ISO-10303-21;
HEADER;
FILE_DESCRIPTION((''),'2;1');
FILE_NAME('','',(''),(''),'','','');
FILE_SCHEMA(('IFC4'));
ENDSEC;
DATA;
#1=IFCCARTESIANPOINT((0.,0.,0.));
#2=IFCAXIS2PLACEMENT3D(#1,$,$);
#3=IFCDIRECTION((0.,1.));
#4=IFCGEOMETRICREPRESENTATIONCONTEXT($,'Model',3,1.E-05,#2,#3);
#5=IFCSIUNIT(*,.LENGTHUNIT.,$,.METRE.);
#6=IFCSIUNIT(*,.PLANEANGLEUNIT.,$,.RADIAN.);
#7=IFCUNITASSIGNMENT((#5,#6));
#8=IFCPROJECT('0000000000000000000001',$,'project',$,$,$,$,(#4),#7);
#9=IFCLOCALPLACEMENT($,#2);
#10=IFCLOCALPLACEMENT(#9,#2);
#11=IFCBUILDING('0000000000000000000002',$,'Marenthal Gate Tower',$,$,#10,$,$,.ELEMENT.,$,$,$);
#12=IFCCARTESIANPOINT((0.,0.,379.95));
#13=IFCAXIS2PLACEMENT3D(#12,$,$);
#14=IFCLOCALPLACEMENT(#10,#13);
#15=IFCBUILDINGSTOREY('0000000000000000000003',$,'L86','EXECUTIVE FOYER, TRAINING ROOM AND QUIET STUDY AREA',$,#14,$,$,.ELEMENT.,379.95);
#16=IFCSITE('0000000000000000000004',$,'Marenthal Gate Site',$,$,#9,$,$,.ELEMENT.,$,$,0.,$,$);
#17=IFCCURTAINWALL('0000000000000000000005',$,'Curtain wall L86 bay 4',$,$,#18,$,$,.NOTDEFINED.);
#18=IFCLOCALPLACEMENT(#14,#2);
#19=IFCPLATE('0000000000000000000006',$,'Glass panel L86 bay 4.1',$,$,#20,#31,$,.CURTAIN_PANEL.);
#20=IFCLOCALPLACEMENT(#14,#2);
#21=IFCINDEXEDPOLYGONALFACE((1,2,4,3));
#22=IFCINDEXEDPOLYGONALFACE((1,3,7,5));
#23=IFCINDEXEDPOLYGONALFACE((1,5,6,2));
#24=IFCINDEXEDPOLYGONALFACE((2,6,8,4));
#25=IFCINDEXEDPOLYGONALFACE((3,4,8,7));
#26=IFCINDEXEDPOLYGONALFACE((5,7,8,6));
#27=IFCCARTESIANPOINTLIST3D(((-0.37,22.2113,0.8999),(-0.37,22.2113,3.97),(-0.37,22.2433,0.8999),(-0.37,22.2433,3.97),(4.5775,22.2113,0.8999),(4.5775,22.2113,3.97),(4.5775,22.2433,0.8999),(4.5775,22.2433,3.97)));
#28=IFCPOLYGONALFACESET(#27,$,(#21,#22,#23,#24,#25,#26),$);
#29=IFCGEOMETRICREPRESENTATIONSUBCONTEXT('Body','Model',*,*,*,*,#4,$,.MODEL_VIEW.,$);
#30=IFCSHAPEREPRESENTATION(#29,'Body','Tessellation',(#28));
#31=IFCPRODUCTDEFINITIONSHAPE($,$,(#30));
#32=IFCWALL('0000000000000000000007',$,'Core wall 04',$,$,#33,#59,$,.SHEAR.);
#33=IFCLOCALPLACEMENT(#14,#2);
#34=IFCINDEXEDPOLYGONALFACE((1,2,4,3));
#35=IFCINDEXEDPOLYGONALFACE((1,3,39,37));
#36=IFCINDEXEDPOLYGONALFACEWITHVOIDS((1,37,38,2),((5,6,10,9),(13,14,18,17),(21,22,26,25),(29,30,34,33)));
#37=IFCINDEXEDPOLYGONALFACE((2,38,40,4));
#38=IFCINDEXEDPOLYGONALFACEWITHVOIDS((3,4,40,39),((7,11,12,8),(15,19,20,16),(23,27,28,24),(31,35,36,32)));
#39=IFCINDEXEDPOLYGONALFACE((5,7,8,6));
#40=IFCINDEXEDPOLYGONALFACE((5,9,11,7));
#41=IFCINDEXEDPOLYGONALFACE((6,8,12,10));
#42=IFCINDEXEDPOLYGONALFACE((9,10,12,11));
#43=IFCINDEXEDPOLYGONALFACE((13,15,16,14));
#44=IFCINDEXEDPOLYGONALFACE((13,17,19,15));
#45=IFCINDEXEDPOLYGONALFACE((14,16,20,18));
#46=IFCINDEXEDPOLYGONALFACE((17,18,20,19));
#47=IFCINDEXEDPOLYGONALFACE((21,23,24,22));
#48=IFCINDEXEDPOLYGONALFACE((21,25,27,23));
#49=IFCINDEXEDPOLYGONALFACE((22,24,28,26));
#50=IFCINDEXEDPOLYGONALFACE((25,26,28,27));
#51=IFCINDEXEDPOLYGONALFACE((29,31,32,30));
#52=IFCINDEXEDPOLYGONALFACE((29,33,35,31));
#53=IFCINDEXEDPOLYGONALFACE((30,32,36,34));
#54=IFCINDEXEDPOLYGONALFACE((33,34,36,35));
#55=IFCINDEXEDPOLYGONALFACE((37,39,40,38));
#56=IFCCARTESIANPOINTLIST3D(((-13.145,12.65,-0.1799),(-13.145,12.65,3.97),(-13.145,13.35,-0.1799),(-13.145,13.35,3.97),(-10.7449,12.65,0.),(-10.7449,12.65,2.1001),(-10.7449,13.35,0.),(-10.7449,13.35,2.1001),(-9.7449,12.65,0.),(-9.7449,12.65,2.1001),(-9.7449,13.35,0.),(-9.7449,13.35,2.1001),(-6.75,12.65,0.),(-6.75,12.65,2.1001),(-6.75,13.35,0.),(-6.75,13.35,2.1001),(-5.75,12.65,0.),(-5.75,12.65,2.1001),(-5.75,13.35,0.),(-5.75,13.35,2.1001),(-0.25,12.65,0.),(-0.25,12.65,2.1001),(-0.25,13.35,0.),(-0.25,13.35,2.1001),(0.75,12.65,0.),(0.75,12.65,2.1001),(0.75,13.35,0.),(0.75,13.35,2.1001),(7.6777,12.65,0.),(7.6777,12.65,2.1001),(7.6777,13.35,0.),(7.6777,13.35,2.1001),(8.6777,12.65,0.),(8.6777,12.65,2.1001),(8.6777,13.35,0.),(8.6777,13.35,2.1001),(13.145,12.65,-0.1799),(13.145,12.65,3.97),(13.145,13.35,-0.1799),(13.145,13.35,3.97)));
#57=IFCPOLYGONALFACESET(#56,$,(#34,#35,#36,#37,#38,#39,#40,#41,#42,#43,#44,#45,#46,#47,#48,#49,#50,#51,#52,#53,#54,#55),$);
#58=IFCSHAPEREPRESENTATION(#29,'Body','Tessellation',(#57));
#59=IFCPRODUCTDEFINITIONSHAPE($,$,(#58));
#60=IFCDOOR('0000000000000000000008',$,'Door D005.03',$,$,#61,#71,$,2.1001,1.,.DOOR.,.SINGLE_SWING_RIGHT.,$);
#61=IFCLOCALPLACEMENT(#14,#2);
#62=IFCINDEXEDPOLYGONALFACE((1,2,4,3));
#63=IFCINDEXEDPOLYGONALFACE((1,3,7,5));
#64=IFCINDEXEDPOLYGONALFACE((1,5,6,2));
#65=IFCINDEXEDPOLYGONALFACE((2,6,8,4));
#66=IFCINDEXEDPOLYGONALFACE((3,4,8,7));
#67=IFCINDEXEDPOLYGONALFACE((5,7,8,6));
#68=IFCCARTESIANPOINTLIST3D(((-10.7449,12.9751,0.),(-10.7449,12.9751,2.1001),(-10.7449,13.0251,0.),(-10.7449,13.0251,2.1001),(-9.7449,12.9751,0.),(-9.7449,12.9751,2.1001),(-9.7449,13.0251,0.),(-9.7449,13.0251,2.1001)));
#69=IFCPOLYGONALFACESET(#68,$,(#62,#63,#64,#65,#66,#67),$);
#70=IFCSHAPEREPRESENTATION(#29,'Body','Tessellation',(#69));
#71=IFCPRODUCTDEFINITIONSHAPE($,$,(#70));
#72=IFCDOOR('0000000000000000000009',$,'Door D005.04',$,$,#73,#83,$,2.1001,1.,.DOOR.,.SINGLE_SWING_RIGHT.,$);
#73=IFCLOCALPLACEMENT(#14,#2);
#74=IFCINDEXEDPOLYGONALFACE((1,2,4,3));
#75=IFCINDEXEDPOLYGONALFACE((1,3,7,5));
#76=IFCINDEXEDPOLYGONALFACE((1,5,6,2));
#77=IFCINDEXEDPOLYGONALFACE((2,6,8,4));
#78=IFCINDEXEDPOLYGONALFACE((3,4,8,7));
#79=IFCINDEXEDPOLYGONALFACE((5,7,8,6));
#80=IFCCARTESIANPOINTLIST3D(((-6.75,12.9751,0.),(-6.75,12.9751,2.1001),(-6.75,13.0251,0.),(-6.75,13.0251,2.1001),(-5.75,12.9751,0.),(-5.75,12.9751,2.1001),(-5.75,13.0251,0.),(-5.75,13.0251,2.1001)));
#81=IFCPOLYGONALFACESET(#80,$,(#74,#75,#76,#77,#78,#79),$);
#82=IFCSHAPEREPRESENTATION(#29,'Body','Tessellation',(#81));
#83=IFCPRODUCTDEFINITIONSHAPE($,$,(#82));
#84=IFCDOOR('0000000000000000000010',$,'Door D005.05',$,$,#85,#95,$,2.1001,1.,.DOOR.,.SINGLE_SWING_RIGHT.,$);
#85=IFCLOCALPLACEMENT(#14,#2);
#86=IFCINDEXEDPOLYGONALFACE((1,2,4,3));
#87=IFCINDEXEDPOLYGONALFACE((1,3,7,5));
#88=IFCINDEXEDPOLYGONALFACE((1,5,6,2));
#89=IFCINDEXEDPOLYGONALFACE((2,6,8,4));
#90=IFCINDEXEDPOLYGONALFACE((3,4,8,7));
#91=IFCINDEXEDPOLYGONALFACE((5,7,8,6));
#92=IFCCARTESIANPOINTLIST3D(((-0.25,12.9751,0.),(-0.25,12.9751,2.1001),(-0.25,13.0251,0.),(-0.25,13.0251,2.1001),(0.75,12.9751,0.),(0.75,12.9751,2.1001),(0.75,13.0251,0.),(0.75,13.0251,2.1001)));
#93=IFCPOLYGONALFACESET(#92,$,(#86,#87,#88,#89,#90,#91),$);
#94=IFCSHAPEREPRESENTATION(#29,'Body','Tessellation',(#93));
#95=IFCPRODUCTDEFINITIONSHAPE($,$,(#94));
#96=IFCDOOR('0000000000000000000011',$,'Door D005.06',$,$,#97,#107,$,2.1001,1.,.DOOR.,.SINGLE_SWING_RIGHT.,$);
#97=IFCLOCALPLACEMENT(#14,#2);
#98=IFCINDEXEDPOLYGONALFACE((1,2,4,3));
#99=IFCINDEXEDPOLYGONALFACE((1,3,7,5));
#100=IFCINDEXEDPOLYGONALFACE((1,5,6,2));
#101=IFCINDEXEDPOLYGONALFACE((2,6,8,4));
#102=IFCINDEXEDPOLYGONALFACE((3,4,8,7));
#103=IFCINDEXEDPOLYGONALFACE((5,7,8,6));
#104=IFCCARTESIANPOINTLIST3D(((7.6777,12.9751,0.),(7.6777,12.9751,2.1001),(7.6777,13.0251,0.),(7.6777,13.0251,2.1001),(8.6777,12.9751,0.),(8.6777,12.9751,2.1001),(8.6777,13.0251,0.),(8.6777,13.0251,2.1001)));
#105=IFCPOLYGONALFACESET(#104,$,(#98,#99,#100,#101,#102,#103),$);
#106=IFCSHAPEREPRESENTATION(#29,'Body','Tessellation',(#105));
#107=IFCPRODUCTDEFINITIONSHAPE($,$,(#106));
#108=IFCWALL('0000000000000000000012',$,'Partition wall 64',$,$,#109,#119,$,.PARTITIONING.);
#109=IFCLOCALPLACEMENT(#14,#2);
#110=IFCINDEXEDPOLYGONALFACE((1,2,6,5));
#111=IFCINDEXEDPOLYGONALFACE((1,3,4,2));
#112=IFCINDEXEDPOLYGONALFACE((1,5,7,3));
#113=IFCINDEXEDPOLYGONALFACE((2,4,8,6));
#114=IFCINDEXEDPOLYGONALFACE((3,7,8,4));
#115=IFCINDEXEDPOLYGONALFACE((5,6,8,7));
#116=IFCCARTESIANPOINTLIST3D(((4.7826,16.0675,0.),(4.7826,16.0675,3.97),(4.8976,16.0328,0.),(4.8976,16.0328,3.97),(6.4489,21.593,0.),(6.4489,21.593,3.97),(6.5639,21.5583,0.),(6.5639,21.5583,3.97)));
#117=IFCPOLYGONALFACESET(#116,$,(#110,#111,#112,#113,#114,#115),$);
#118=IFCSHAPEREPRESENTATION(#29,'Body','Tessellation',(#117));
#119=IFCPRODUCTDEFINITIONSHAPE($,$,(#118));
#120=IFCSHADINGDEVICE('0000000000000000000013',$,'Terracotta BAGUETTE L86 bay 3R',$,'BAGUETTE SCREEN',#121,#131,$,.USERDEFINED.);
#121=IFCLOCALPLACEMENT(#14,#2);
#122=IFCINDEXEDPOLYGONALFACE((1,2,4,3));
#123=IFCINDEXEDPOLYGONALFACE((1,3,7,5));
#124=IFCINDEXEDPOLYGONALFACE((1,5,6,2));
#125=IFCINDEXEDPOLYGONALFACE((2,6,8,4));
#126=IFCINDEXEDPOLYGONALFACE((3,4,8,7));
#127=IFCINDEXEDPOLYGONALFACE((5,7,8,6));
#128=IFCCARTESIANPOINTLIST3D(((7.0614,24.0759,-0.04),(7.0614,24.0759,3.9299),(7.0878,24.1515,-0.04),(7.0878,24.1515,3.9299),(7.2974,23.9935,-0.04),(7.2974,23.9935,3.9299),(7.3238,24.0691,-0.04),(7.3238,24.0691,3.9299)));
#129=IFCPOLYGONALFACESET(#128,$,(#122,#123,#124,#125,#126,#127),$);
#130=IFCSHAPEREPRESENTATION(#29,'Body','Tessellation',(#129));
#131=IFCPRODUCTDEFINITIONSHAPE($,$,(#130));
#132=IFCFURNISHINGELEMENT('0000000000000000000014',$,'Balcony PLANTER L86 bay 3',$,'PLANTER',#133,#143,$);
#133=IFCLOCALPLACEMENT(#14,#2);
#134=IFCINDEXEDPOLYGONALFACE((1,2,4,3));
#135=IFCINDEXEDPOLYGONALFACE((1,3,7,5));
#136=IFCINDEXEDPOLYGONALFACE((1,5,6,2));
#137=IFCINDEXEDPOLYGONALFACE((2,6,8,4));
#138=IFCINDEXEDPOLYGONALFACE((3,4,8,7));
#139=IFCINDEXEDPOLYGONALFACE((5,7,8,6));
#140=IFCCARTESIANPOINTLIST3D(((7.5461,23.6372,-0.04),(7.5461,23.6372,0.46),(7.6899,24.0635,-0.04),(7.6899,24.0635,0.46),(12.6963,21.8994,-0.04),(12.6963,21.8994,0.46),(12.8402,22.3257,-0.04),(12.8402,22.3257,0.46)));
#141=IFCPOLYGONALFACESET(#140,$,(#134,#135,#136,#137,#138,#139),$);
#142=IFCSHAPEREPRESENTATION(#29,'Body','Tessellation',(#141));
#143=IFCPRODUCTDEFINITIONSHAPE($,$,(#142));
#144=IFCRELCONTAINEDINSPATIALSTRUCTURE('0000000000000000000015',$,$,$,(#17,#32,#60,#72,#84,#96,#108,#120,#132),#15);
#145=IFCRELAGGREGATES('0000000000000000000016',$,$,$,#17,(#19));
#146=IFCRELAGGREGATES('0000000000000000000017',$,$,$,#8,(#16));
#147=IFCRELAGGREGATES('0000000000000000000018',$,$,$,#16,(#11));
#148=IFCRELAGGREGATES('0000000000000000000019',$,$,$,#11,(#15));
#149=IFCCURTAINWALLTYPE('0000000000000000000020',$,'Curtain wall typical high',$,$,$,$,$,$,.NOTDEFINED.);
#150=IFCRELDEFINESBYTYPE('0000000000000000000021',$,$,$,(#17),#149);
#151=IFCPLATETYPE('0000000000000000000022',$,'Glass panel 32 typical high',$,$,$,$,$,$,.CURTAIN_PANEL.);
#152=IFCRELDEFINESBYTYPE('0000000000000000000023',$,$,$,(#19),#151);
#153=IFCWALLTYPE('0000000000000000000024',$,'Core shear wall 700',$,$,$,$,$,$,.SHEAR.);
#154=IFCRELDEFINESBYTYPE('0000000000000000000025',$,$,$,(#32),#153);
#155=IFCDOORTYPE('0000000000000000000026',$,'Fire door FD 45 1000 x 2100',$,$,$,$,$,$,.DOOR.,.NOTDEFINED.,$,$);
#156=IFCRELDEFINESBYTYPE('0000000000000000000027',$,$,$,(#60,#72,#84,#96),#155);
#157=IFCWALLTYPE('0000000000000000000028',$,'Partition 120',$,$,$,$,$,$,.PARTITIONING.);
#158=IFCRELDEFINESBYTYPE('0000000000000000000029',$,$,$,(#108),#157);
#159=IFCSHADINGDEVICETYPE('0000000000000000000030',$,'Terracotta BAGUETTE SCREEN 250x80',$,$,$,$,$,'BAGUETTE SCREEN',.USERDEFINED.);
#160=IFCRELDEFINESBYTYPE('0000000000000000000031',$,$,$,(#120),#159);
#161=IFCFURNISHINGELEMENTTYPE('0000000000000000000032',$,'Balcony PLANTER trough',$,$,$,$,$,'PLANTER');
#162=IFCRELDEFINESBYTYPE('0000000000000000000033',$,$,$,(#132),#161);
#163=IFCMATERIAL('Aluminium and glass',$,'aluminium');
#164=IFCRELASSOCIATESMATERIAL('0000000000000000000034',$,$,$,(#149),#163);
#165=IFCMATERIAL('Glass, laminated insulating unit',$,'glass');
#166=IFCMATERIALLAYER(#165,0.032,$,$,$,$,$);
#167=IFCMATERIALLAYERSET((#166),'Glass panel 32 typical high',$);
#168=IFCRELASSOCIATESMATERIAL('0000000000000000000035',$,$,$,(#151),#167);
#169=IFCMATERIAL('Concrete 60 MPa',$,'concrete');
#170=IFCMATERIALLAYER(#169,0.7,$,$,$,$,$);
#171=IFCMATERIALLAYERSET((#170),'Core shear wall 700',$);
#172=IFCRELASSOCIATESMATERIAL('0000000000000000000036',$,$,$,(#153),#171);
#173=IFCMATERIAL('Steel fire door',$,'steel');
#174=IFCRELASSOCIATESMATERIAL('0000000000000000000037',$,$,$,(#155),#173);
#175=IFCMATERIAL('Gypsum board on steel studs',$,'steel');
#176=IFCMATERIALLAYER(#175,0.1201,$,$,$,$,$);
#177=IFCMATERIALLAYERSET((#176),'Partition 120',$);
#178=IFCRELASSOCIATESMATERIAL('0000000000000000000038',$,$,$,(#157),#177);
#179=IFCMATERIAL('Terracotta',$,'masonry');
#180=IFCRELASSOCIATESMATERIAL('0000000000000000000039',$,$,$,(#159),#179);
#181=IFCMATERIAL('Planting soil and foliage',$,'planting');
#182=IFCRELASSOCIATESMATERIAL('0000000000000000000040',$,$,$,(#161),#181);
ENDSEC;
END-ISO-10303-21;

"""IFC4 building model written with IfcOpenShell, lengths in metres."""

from ifc_helpers import new_model, si_unit, direction, frame, frame_2d, origin, origin_2d, place, context, subcontext, project, spatial, rectangle, extrude, material, layer, layer_set, material_profile, profile_set, type_object, element, fill, aggregate, save


model = new_model("IFC4")

# Units and contexts
model_context = context("Model", 3, precision=1e-05, world=origin(), true_north=direction((0.0, 1.0)))
body_context = subcontext(model_context, "Body", "Model", "MODEL_VIEW")
ifc_project = project(units=[si_unit("LENGTHUNIT", "METRE"), si_unit("PLANEANGLEUNIT", "RADIAN")], contexts=[model_context])

# Site, building, storey
site_placement = place(None, origin())
site = spatial("IfcSite", under=ifc_project, at=site_placement, Name="Marenthal Gate Site", CompositionType="ELEMENT", RefElevation=0.0)
building_placement = place(site_placement, origin())
building = spatial("IfcBuilding", under=site, at=building_placement, Name="Marenthal Gate Tower", CompositionType="ELEMENT")
storey_placement = place(building_placement, frame((0.0, 0.0, 379.95)))
storey = spatial("IfcBuildingStorey", under=building, at=storey_placement, Name="L86", Description="EXECUTIVE FOYER, TRAINING ROOM AND QUIET STUDY AREA", CompositionType="ELEMENT", Elevation=379.95)

# Curtain wall
ifc_material_1 = material(Name="Aluminium and glass", Category="aluminium")
curtain_wall_type = type_object("IfcCurtainWallType", Name="Curtain wall typical high", PredefinedType="NOTDEFINED", material=ifc_material_1)
curtain_wall_placement = place(storey_placement, origin())
curtain_wall = element("IfcCurtainWall", 1, at=curtain_wall_placement, inside=storey, type_object=curtain_wall_type, Name="Curtain wall L86 bay 4", PredefinedType="NOTDEFINED")

# Plate
ifc_material_2 = material(Name="Glass, laminated insulating unit", Category="glass")
ifc_layer_1 = layer(ifc_material_2, 0.032)
ifc_layer_set_1 = layer_set([ifc_layer_1], Name="Glass panel 32 typical high")
plate_type = type_object("IfcPlateType", Name="Glass panel 32 typical high", PredefinedType="CURTAIN_PANEL", material=ifc_layer_set_1)
plate_placement = place(storey_placement, frame((2.1038, 22.2273, 0.8999), z_axis=(0.0, 0.0, 1.0), x_axis=(-1.0, 0.0, 0.0)))
plate = element("IfcPlate", 2, at=plate_placement, type_object=plate_type, Name="Glass panel L86 bay 4.1", PredefinedType="CURTAIN_PANEL", context=body_context, shape_type="SweptSolid", body=[
    extrude(rectangle(XDim=4.9475, YDim=0.032, at=origin_2d()), origin(), (0.0, 0.0, 1.0), 3.0701),
])
aggregate(curtain_wall, [plate])

# Wall, openings, doors
ifc_material_3 = material(Name="Concrete 60 MPa", Category="concrete")
ifc_layer_2 = layer(ifc_material_3, 0.7)
ifc_layer_set_2 = layer_set([ifc_layer_2], Name="Core shear wall 700")
wall_type_1 = type_object("IfcWallType", Name="Core shear wall 700", PredefinedType="SHEAR", material=ifc_layer_set_2)
wall_1_placement = place(storey_placement, frame((13.145, 13.0, -0.1799), z_axis=(0.0, 0.0, 1.0), x_axis=(-1.0, 0.0, 0.0)))
wall_1 = element("IfcWall", 3, at=wall_1_placement, inside=storey, type_object=wall_type_1, Name="Core wall 04", PredefinedType="SHEAR", context=body_context, shape_type="SweptSolid", body=[
    extrude(rectangle(XDim=26.29, YDim=0.7, at=frame_2d((13.145, 0.0))), origin(), (0.0, 0.0, 1.0), 4.1499),
])
opening_1_placement = place(wall_1_placement, frame((22.8899, 0.0, 0.1799)))
opening_1 = element("IfcOpeningElement", 4, at=opening_1_placement, cuts=wall_1, PredefinedType="OPENING", context=body_context, shape_type="SweptSolid", body=[
    extrude(rectangle(XDim=1.0, YDim=2.1001, at=frame_2d((0.5, 1.05))), frame((0.0, 0.3599, 0.0), z_axis=(0.0, -1.0, 0.0), x_axis=(1.0, 0.0, 0.0)), (0.0, 0.0, 1.0), 0.72),
])
opening_2_placement = place(wall_1_placement, frame((18.895, 0.0, 0.1799)))
opening_2 = element("IfcOpeningElement", 5, at=opening_2_placement, cuts=wall_1, PredefinedType="OPENING", context=body_context, shape_type="SweptSolid", body=[
    extrude(rectangle(XDim=1.0, YDim=2.1001, at=frame_2d((0.5, 1.05))), frame((0.0, 0.3599, 0.0), z_axis=(0.0, -1.0, 0.0), x_axis=(1.0, 0.0, 0.0)), (0.0, 0.0, 1.0), 0.72),
])
opening_3_placement = place(wall_1_placement, frame((12.395, 0.0, 0.1799)))
opening_3 = element("IfcOpeningElement", 6, at=opening_3_placement, cuts=wall_1, PredefinedType="OPENING", context=body_context, shape_type="SweptSolid", body=[
    extrude(rectangle(XDim=1.0, YDim=2.1001, at=frame_2d((0.5, 1.05))), frame((0.0, 0.3599, 0.0), z_axis=(0.0, -1.0, 0.0), x_axis=(1.0, 0.0, 0.0)), (0.0, 0.0, 1.0), 0.72),
])
opening_4_placement = place(wall_1_placement, frame((4.4673, 0.0, 0.1799)))
opening_4 = element("IfcOpeningElement", 7, at=opening_4_placement, cuts=wall_1, PredefinedType="OPENING", context=body_context, shape_type="SweptSolid", body=[
    extrude(rectangle(XDim=1.0, YDim=2.1001, at=frame_2d((0.5, 1.05))), frame((0.0, 0.3599, 0.0), z_axis=(0.0, -1.0, 0.0), x_axis=(1.0, 0.0, 0.0)), (0.0, 0.0, 1.0), 0.72),
])
ifc_material_4 = material(Name="Steel fire door", Category="steel")
door_type = type_object("IfcDoorType", Name="Fire door FD 45 1000 x 2100", OperationType="NOTDEFINED", PredefinedType="DOOR", material=ifc_material_4)
door_1_placement = place(opening_1_placement, origin())
door_1 = element("IfcDoor", 8, at=door_1_placement, inside=storey, type_object=door_type, Name="Door D005.03", OperationType="SINGLE_SWING_RIGHT", OverallHeight=2.1001, OverallWidth=1.0, PredefinedType="DOOR", context=body_context, shape_type="SweptSolid", body=[
    extrude(rectangle(XDim=1.0, YDim=2.1001, at=frame_2d((0.5, 1.05))), frame((0.0, 0.0249, 0.0), z_axis=(0.0, -1.0, 0.0), x_axis=(1.0, 0.0, 0.0)), (0.0, 0.0, 1.0), 0.05),
])
fill(opening_1, door_1)
door_2_placement = place(opening_2_placement, origin())
door_2 = element("IfcDoor", 9, at=door_2_placement, inside=storey, type_object=door_type, Name="Door D005.04", OperationType="SINGLE_SWING_RIGHT", OverallHeight=2.1001, OverallWidth=1.0, PredefinedType="DOOR", context=body_context, shape_type="SweptSolid", body=[
    extrude(rectangle(XDim=1.0, YDim=2.1001, at=frame_2d((0.5, 1.05))), frame((0.0, 0.0249, 0.0), z_axis=(0.0, -1.0, 0.0), x_axis=(1.0, 0.0, 0.0)), (0.0, 0.0, 1.0), 0.05),
])
fill(opening_2, door_2)
door_3_placement = place(opening_3_placement, origin())
door_3 = element("IfcDoor", 10, at=door_3_placement, inside=storey, type_object=door_type, Name="Door D005.05", OperationType="SINGLE_SWING_RIGHT", OverallHeight=2.1001, OverallWidth=1.0, PredefinedType="DOOR", context=body_context, shape_type="SweptSolid", body=[
    extrude(rectangle(XDim=1.0, YDim=2.1001, at=frame_2d((0.5, 1.05))), frame((0.0, 0.0249, 0.0), z_axis=(0.0, -1.0, 0.0), x_axis=(1.0, 0.0, 0.0)), (0.0, 0.0, 1.0), 0.05),
])
fill(opening_3, door_3)
door_4_placement = place(opening_4_placement, origin())
door_4 = element("IfcDoor", 11, at=door_4_placement, inside=storey, type_object=door_type, Name="Door D005.06", OperationType="SINGLE_SWING_RIGHT", OverallHeight=2.1001, OverallWidth=1.0, PredefinedType="DOOR", context=body_context, shape_type="SweptSolid", body=[
    extrude(rectangle(XDim=1.0, YDim=2.1001, at=frame_2d((0.5, 1.05))), frame((0.0, 0.0249, 0.0), z_axis=(0.0, -1.0, 0.0), x_axis=(1.0, 0.0, 0.0)), (0.0, 0.0, 1.0), 0.05),
])
fill(opening_4, door_4)

# Wall
ifc_material_5 = material(Name="Gypsum board on steel studs", Category="steel")
ifc_layer_3 = layer(ifc_material_5, 0.1201)
ifc_layer_set_3 = layer_set([ifc_layer_3], Name="Partition 120")
wall_type_2 = type_object("IfcWallType", Name="Partition 120", PredefinedType="PARTITIONING", material=ifc_layer_set_3)
wall_2_placement = place(storey_placement, frame((4.8401, 16.05, 0.0), z_axis=(0.0, 0.0, 1.0), x_axis=(0.288721, 0.957413, 0.0)))
element("IfcWall", 12, at=wall_2_placement, inside=storey, type_object=wall_type_2, Name="Partition wall 64", PredefinedType="PARTITIONING", context=body_context, shape_type="SweptSolid", body=[
    extrude(rectangle(XDim=5.7712, YDim=0.1201, at=frame_2d((2.8857, 0.0))), origin(), (0.0, 0.0, 1.0), 3.97),
])

# Shading device
ifc_material_6 = material(Name="Terracotta", Category="masonry")
ifc_material_profile_1 = material_profile(ifc_material_6, rectangle(XDim=0.25, YDim=0.0801, at=origin_2d()), Name="Terracotta baguette 250x80")
ifc_profile_set_1 = profile_set([ifc_material_profile_1], Name="Terracotta")
shading_device_type = type_object("IfcShadingDeviceType", Name="Terracotta BAGUETTE SCREEN 250x80", ElementType="BAGUETTE SCREEN", PredefinedType="USERDEFINED", material=ifc_profile_set_1)
shading_device_placement = place(storey_placement, frame((7.1926, 24.0725, -0.04), z_axis=(0.0, 0.0, 1.0), x_axis=(-0.944082, 0.32971, 0.0)))
element("IfcShadingDevice", 13, at=shading_device_placement, inside=storey, type_object=shading_device_type, Name="Terracotta BAGUETTE L86 bay 3R", ObjectType="BAGUETTE SCREEN", PredefinedType="USERDEFINED", context=body_context, shape_type="SweptSolid", body=[
    extrude(rectangle(XDim=0.25, YDim=0.0801, at=origin_2d()), origin(), (0.0, 0.0, 1.0), 3.97),
])

# Furnishing element
ifc_material_7 = material(Name="Planting soil and foliage", Category="planting")
furnishing_element_type = type_object("IfcFurnishingElementType", Name="Balcony PLANTER trough", ElementType="PLANTER", material=ifc_material_7)
furnishing_placement = place(storey_placement, frame((10.1931, 22.9814, -0.04), z_axis=(0.0, 0.0, 1.0), x_axis=(-0.947516, 0.319708, 0.0)))
element("IfcFurnishingElement", 14, at=furnishing_placement, inside=storey, type_object=furnishing_element_type, Name="Balcony PLANTER L86 bay 3", ObjectType="PLANTER", context=body_context, shape_type="SweptSolid", body=[
    extrude(rectangle(XDim=5.4355, YDim=0.45, at=origin_2d()), origin(), (0.0, 0.0, 1.0), 0.5),
])

save(model, "model.ifc")
